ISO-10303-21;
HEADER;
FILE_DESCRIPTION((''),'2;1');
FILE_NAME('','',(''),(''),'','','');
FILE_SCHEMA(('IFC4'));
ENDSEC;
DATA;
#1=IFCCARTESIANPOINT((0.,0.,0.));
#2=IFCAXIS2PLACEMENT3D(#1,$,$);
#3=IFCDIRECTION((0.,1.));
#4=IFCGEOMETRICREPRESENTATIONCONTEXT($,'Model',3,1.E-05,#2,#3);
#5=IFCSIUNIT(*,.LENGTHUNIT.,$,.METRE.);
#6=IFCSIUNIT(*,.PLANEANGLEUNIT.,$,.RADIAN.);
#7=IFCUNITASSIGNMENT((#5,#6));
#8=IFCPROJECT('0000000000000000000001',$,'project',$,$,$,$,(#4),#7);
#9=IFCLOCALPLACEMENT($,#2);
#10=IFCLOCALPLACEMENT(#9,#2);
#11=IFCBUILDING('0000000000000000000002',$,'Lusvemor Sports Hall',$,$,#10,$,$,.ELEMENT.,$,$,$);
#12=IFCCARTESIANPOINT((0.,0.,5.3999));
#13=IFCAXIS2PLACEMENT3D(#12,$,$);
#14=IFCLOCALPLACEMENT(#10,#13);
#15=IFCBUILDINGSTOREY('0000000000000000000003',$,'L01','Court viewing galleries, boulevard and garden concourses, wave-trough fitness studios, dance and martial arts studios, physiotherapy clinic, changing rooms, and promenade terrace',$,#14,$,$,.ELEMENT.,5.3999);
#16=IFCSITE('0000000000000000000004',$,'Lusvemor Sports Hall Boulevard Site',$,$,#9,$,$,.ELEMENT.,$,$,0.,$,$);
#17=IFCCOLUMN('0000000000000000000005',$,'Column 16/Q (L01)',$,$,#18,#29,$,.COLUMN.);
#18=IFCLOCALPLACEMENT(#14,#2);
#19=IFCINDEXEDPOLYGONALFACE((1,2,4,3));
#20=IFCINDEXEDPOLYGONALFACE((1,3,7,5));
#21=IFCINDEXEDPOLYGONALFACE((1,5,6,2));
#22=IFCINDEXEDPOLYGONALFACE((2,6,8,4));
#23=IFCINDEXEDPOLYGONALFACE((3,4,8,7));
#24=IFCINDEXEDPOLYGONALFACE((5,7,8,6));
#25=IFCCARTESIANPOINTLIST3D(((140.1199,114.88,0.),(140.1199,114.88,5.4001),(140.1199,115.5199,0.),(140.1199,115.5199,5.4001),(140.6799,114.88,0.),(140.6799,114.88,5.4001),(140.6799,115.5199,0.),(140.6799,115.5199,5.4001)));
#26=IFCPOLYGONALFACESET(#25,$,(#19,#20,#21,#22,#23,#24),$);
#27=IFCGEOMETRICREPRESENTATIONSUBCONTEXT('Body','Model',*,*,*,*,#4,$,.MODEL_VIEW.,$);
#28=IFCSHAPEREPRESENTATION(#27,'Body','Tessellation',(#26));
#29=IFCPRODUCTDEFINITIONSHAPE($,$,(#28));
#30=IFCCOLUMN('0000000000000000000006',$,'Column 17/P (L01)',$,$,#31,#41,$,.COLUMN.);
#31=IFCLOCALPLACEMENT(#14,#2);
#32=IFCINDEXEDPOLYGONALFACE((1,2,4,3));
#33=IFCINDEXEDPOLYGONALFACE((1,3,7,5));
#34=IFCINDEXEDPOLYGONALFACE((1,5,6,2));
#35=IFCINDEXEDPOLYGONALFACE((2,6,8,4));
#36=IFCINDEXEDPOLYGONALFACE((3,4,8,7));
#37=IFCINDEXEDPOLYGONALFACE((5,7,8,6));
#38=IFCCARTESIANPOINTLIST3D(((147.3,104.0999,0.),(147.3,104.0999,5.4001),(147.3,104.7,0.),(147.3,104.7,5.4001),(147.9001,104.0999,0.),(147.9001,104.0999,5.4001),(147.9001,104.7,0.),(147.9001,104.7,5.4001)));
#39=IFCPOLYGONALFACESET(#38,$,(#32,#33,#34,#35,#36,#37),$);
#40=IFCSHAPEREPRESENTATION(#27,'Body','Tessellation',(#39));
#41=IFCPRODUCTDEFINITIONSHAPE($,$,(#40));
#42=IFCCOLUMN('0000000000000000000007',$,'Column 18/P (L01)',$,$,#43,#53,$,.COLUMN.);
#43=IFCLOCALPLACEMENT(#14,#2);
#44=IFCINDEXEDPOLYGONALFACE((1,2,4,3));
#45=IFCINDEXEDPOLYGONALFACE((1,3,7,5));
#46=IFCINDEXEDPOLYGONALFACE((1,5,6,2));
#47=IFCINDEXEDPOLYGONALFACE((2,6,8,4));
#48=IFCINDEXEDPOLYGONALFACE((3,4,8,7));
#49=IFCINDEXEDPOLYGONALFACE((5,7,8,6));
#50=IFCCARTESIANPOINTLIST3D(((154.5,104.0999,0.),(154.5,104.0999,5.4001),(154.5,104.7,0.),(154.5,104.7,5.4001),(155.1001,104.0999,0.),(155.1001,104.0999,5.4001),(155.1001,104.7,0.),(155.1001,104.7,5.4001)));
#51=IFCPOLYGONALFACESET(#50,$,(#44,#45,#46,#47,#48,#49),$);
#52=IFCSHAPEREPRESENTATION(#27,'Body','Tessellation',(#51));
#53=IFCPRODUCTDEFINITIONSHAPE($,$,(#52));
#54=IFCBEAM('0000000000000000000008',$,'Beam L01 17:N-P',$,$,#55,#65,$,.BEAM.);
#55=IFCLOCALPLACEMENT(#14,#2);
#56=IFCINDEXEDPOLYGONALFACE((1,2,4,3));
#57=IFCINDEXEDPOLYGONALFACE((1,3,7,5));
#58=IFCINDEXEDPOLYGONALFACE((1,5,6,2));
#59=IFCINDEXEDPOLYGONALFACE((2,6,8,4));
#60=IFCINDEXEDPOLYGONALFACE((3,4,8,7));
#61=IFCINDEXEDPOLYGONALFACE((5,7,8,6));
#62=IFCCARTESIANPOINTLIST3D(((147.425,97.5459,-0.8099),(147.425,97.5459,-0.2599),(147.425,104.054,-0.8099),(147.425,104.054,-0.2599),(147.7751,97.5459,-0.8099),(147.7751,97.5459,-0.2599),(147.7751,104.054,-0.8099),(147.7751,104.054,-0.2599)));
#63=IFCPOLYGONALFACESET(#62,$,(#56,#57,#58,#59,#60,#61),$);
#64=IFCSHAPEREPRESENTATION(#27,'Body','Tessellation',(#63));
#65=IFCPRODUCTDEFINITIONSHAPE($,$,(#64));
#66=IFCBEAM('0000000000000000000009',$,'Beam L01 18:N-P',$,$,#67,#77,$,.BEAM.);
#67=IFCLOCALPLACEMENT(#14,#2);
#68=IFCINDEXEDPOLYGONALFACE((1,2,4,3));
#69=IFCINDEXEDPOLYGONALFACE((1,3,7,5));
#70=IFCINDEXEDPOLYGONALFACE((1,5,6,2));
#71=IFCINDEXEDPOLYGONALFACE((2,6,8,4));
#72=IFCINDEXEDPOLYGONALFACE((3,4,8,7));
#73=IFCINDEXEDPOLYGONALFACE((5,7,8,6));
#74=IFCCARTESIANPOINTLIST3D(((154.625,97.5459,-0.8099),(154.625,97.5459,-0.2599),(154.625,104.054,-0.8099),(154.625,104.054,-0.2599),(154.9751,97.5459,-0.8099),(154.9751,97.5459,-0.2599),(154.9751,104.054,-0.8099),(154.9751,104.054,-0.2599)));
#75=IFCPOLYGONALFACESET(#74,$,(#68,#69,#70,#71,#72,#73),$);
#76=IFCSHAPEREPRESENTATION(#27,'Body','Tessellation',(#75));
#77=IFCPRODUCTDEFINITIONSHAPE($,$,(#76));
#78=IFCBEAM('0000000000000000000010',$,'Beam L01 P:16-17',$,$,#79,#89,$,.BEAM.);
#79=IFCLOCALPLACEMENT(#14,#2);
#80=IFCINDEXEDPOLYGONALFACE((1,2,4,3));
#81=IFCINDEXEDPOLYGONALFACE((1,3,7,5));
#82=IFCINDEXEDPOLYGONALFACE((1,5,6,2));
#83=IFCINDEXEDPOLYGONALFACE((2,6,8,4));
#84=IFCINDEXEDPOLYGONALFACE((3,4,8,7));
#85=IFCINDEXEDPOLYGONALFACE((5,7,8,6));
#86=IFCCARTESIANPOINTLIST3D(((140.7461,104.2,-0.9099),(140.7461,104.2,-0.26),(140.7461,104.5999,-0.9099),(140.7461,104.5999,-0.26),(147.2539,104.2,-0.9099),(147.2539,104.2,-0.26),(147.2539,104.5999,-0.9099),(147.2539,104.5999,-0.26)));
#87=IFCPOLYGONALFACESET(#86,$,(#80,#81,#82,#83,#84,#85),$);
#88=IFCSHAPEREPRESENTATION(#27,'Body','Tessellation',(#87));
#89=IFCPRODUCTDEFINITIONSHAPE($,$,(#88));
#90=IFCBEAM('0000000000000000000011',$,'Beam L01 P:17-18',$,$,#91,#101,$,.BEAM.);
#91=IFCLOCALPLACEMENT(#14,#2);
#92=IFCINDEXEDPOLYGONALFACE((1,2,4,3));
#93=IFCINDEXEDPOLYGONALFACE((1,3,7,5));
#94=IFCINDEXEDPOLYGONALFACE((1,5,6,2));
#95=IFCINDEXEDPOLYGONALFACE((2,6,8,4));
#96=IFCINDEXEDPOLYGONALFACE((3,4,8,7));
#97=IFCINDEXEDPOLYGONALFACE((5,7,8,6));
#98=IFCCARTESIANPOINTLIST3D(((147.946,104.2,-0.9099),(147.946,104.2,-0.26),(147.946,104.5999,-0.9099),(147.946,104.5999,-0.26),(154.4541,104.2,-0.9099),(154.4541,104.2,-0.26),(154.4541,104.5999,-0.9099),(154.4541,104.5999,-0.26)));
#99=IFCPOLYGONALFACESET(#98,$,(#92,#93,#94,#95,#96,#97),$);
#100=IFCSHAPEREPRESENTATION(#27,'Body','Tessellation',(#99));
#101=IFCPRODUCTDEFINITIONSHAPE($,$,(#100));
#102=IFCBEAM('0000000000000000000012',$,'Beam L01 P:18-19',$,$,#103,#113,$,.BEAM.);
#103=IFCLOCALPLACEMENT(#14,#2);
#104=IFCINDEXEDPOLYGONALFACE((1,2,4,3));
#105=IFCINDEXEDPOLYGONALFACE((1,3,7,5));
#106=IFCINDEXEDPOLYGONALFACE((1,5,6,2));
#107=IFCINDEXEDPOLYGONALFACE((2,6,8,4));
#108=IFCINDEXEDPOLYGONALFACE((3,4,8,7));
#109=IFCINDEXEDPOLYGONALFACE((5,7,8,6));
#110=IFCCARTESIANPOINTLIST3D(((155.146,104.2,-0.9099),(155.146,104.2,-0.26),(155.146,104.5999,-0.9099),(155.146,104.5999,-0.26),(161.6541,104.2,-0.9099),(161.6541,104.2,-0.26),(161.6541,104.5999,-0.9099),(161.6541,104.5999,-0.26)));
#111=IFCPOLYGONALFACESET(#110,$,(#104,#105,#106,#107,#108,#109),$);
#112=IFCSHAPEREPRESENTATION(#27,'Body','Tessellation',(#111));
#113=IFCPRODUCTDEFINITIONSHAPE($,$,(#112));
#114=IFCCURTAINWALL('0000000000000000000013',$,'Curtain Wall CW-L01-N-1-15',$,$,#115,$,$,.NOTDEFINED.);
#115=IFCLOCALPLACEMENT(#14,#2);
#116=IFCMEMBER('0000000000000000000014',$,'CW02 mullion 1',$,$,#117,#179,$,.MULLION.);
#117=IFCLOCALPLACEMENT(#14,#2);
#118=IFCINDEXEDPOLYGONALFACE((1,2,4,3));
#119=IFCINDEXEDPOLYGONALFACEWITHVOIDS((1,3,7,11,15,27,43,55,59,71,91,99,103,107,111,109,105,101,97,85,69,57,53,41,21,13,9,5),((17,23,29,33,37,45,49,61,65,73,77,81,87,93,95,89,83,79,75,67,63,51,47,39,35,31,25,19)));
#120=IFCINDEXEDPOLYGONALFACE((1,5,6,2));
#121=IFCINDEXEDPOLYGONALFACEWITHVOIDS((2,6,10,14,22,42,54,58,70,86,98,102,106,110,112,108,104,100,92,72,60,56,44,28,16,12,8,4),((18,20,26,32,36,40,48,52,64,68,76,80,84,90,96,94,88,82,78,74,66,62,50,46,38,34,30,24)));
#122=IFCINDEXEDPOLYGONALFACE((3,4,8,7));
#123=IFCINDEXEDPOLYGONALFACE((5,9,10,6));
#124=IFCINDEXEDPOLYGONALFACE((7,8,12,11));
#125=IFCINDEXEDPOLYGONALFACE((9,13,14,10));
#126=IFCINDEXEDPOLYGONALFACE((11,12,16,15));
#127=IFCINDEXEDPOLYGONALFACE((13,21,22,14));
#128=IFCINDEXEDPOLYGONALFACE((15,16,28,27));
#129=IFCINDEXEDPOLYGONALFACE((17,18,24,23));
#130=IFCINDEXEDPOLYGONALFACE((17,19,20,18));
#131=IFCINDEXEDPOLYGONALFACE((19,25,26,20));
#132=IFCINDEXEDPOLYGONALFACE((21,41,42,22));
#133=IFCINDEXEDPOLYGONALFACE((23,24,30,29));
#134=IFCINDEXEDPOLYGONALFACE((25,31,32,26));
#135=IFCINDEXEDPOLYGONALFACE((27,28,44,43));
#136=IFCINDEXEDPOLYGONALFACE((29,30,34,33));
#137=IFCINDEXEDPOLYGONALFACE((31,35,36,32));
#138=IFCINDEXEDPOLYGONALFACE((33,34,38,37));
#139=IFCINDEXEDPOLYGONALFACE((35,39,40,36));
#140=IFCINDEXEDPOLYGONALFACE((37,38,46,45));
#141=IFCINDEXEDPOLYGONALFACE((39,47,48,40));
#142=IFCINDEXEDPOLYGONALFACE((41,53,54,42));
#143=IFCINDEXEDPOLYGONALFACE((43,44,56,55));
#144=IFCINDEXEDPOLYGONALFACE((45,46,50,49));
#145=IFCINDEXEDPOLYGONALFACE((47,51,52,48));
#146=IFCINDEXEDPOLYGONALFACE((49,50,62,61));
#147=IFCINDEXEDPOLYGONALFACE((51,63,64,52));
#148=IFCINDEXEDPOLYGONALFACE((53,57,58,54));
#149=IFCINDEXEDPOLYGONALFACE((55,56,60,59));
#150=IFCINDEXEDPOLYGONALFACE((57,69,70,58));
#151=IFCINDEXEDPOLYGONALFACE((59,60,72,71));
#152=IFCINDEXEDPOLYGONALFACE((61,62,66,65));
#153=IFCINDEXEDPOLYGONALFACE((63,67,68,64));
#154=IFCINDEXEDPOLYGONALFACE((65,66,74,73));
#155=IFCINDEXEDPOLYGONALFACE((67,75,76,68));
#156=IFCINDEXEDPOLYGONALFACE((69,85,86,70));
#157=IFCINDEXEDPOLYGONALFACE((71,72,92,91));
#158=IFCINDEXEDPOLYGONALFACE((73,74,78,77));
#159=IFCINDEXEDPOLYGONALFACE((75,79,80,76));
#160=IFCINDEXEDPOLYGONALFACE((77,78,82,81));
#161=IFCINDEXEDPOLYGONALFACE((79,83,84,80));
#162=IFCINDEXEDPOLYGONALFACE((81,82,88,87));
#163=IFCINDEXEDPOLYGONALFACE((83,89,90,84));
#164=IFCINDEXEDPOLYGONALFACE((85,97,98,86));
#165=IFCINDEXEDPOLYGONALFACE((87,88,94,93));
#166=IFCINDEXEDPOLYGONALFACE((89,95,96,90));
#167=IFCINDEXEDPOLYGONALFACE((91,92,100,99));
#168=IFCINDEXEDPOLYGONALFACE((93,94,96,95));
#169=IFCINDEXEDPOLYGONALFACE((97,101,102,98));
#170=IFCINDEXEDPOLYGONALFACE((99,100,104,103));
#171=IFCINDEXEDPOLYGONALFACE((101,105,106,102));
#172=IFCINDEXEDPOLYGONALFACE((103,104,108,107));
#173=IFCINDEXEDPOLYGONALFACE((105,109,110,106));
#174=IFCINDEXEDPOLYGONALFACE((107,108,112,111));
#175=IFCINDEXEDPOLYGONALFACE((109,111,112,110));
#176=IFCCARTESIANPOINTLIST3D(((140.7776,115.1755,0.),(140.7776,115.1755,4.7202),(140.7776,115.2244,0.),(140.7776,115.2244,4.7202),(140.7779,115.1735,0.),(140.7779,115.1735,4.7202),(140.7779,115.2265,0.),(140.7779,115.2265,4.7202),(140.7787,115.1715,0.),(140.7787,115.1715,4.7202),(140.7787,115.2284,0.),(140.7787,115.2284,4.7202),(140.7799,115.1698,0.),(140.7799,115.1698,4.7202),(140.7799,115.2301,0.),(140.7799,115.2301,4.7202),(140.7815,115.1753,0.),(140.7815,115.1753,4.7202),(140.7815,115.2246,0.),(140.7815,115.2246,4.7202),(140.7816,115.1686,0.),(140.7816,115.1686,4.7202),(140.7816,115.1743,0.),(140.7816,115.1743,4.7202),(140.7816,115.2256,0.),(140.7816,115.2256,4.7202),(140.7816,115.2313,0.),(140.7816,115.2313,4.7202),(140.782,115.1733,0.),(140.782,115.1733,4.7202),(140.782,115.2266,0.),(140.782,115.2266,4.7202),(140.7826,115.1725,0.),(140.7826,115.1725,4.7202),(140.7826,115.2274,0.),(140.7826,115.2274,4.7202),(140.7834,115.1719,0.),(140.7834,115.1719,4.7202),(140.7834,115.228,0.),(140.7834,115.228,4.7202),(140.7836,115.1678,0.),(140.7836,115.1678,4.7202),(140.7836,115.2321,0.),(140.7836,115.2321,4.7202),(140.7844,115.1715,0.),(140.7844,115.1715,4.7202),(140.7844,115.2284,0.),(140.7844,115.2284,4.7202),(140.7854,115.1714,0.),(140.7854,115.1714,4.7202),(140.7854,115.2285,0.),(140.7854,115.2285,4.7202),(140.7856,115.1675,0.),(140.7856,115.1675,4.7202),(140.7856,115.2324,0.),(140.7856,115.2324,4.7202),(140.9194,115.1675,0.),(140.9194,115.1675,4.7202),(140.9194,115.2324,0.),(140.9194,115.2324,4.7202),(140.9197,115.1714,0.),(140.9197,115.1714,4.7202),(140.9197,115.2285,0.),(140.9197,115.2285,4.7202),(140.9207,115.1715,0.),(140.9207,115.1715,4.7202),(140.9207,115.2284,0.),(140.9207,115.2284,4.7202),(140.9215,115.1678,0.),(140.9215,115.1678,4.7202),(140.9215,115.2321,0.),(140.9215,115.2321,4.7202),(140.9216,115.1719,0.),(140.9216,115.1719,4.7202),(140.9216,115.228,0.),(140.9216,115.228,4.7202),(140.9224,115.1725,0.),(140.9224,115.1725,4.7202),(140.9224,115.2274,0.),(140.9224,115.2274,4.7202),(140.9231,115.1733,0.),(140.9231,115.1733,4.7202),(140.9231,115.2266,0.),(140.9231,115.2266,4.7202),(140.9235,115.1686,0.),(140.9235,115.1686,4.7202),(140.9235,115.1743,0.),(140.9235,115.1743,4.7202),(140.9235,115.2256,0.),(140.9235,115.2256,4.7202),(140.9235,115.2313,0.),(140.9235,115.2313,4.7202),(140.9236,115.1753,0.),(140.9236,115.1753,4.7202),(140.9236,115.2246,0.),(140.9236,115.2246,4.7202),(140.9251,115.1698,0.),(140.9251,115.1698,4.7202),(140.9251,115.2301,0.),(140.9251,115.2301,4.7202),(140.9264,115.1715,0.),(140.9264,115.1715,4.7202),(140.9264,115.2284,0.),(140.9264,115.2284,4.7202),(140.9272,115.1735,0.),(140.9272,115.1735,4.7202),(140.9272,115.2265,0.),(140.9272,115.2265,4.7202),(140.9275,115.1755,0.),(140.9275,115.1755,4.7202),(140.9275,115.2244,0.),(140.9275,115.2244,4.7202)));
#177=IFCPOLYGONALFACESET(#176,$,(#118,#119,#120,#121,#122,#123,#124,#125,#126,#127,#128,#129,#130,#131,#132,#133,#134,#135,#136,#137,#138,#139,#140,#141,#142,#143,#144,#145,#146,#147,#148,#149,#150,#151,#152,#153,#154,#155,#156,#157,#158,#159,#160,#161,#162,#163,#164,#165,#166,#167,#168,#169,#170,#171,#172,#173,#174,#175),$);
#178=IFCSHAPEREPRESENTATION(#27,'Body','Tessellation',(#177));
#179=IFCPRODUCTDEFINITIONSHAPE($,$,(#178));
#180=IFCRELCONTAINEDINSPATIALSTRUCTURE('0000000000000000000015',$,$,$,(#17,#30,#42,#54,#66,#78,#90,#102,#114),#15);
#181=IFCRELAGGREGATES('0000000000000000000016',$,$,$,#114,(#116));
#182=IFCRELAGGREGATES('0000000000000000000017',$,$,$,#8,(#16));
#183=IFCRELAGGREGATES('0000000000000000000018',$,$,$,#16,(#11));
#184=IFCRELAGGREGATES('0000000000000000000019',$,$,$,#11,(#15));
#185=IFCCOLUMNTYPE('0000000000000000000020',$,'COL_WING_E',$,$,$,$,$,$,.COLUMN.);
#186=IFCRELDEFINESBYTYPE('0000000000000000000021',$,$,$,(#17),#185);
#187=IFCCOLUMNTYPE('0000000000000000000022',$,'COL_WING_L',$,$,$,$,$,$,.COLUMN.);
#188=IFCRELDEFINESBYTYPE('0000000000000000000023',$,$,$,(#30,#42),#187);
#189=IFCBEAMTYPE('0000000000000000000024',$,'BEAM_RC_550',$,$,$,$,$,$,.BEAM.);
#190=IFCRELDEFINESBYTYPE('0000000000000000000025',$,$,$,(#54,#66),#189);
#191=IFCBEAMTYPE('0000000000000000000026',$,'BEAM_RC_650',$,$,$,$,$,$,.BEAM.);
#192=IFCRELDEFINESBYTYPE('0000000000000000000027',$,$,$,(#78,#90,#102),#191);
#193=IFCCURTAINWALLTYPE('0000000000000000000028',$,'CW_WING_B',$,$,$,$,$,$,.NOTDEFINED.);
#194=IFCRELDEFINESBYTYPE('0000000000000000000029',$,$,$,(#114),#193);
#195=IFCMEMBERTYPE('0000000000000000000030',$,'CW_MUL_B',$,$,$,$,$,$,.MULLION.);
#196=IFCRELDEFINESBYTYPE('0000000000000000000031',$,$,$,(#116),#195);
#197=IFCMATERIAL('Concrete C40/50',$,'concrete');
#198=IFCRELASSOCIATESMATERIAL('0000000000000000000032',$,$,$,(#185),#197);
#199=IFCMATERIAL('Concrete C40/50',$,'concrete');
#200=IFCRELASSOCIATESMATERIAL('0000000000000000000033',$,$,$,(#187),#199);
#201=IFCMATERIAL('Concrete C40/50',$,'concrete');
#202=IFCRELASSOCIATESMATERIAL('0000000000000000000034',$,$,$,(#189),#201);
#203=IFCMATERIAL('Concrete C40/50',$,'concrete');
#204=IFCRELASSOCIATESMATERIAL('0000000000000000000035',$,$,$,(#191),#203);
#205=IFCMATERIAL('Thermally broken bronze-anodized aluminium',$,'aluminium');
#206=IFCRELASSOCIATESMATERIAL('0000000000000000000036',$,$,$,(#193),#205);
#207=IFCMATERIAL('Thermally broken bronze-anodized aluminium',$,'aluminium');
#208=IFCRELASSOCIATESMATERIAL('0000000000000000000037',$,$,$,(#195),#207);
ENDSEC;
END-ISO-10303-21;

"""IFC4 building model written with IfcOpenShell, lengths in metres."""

from ifc_helpers import new_model, si_unit, direction, frame, origin, origin_2d, place, context, subcontext, project, spatial, rectangle, hollow_rectangle, extrude, material, material_profile, profile_set, type_object, element, aggregate, save


model = new_model("IFC4")

# Units and contexts
model_context = context("Model", 3, precision=1e-05, world=origin(), true_north=direction((0.0, 1.0)))
body_context = subcontext(model_context, "Body", "Model", "MODEL_VIEW")
ifc_project = project(units=[si_unit("LENGTHUNIT", "METRE"), si_unit("PLANEANGLEUNIT", "RADIAN")], contexts=[model_context])

# Site, building, storey
site_placement = place(None, origin())
site = spatial("IfcSite", under=ifc_project, at=site_placement, Name="Lusvemor Sports Hall Boulevard Site", CompositionType="ELEMENT", RefElevation=0.0)
building_placement = place(site_placement, origin())
building = spatial("IfcBuilding", under=site, at=building_placement, Name="Lusvemor Sports Hall", CompositionType="ELEMENT")
storey_placement = place(building_placement, frame((0.0, 0.0, 5.3999)))
storey = spatial("IfcBuildingStorey", under=building, at=storey_placement, Name="L01", Description="Court viewing galleries, boulevard and garden concourses, wave-trough fitness studios, dance and martial arts studios, physiotherapy clinic, changing rooms, and promenade terrace", CompositionType="ELEMENT", Elevation=5.3999)

# Columns
ifc_material_1 = material(Name="Concrete C40/50", Category="concrete")
ifc_material_profile_1 = material_profile(ifc_material_1, rectangle(XDim=0.5601, YDim=0.6399, at=origin_2d()), Name="RC560x640")
ifc_profile_set_1 = profile_set([ifc_material_profile_1], Name="Concrete C40/50")
column_type_1 = type_object("IfcColumnType", Name="COL_WING_E", PredefinedType="COLUMN", material=ifc_profile_set_1)
column_placement = place(storey_placement, frame((140.3999, 115.2, 0.0), z_axis=(0.0, 0.0, 1.0), x_axis=(1.0, 0.0, 0.0)))
element("IfcColumn", 1, at=column_placement, inside=storey, type_object=column_type_1, Name="Column 16/Q (L01)", PredefinedType="COLUMN", context=body_context, shape_type="SweptSolid", body=[
    extrude(rectangle(XDim=0.5601, YDim=0.6399, at=origin_2d()), origin(), (0.0, 0.0, 1.0), 5.4001),
])
ifc_material_2 = material(Name="Concrete C40/50", Category="concrete")
ifc_material_profile_2 = material_profile(ifc_material_2, rectangle(XDim=0.6001, YDim=0.6001, at=origin_2d()), Name="RC600x600")
ifc_profile_set_2 = profile_set([ifc_material_profile_2], Name="Concrete C40/50")
column_type_2 = type_object("IfcColumnType", Name="COL_WING_L", PredefinedType="COLUMN", material=ifc_profile_set_2)
for number, where, z_axis, x_axis, name in (
    (2, (147.6001, 104.3999, 0.0), (0.0, 0.0, 1.0), (1.0, 0.0, 0.0), "Column 17/P (L01)"),
    (3, (154.8, 104.3999, 0.0), (0.0, 0.0, 1.0), (1.0, 0.0, 0.0), "Column 18/P (L01)"),
):
    element("IfcColumn", number, at=place(storey_placement, frame(where, z_axis=z_axis, x_axis=x_axis)), inside=storey, type_object=column_type_2, Name=name, PredefinedType="COLUMN", context=body_context, shape_type="SweptSolid", body=[
        extrude(rectangle(XDim=0.6001, YDim=0.6001, at=origin_2d()), origin(), (0.0, 0.0, 1.0), 5.4001),
    ])

# Beams
ifc_material_3 = material(Name="Concrete C40/50", Category="concrete")
ifc_material_profile_3 = material_profile(ifc_material_3, rectangle(XDim=0.3501, YDim=0.55, at=origin_2d()), Name="RC350x550")
ifc_profile_set_3 = profile_set([ifc_material_profile_3], Name="Concrete C40/50")
beam_type_1 = type_object("IfcBeamType", Name="BEAM_RC_550", PredefinedType="BEAM", material=ifc_profile_set_3)
for number, where, z_axis, x_axis, name in (
    (4, (147.6001, 97.5459, -0.5349), (0.0, 1.0, 0.0), (-1.0, 0.0, 0.0), "Beam L01 17:N-P"),
    (5, (154.8, 97.5459, -0.5349), (0.0, 1.0, 0.0), (-1.0, 0.0, 0.0), "Beam L01 18:N-P"),
):
    element("IfcBeam", number, at=place(storey_placement, frame(where, z_axis=z_axis, x_axis=x_axis)), inside=storey, type_object=beam_type_1, Name=name, PredefinedType="BEAM", context=body_context, shape_type="SweptSolid", body=[
        extrude(rectangle(XDim=0.3501, YDim=0.55, at=origin_2d()), origin(), (0.0, 0.0, 1.0), 6.5081),
    ])
ifc_material_4 = material(Name="Concrete C40/50", Category="concrete")
ifc_material_profile_4 = material_profile(ifc_material_4, rectangle(XDim=0.3999, YDim=0.6499, at=origin_2d()), Name="RC400x650")
ifc_profile_set_4 = profile_set([ifc_material_profile_4], Name="Concrete C40/50")
beam_type_2 = type_object("IfcBeamType", Name="BEAM_RC_650", PredefinedType="BEAM", material=ifc_profile_set_4)
beam_1_placement = place(storey_placement, frame((140.7461, 104.3999, -0.585), z_axis=(1.0, 0.0, 0.0), x_axis=(0.0, 1.0, 0.0)))
element("IfcBeam", 6, at=beam_1_placement, inside=storey, type_object=beam_type_2, Name="Beam L01 P:16-17", PredefinedType="BEAM", context=body_context, shape_type="SweptSolid", body=[
    extrude(rectangle(XDim=0.3999, YDim=0.6499, at=origin_2d()), origin(), (0.0, 0.0, 1.0), 6.5078),
])
for number, where, z_axis, x_axis, name in (
    (7, (147.946, 104.3999, -0.585), (1.0, 0.0, 0.0), (0.0, 1.0, 0.0), "Beam L01 P:17-18"),
    (8, (155.146, 104.3999, -0.585), (1.0, 0.0, 0.0), (0.0, 1.0, 0.0), "Beam L01 P:18-19"),
):
    element("IfcBeam", number, at=place(storey_placement, frame(where, z_axis=z_axis, x_axis=x_axis)), inside=storey, type_object=beam_type_2, Name=name, PredefinedType="BEAM", context=body_context, shape_type="SweptSolid", body=[
        extrude(rectangle(XDim=0.3999, YDim=0.6499, at=origin_2d()), origin(), (0.0, 0.0, 1.0), 6.5081),
    ])

# Curtain wall, member
ifc_material_5 = material(Name="Thermally broken bronze-anodized aluminium", Category="aluminium")
curtain_wall_type = type_object("IfcCurtainWallType", Name="CW_WING_B", PredefinedType="NOTDEFINED", material=ifc_material_5)
curtain_wall_placement = place(storey_placement, origin())
curtain_wall = element("IfcCurtainWall", 9, at=curtain_wall_placement, inside=storey, type_object=curtain_wall_type, Name="Curtain Wall CW-L01-N-1-15", PredefinedType="NOTDEFINED")
ifc_material_6 = material(Name="Thermally broken bronze-anodized aluminium", Category="aluminium")
ifc_material_profile_5 = material_profile(ifc_material_6, hollow_rectangle(XDim=0.0649, YDim=0.1499, WallThickness=0.0039, InnerFilletRadius=0.0039, OuterFilletRadius=0.0081, at=origin_2d()), Name="CWMUL150x65x4")
ifc_profile_set_5 = profile_set([ifc_material_profile_5], Name="Thermally broken bronze-anodized aluminium")
member_type_1 = type_object("IfcMemberType", Name="CW_MUL_B", PredefinedType="MULLION", material=ifc_profile_set_5)
member_1_placement = place(storey_placement, frame((140.8525, 115.2, 0.0), z_axis=(0.0, 0.0, 1.0), x_axis=(0.0, 1.0, 0.0)))
member_1 = element("IfcMember", 10, at=member_1_placement, type_object=member_type_1, Name="CW02 mullion 1", PredefinedType="MULLION", context=body_context, shape_type="SweptSolid", body=[
    extrude(hollow_rectangle(XDim=0.0649, YDim=0.1499, WallThickness=0.0039, InnerFilletRadius=0.0039, OuterFilletRadius=0.0081, at=origin_2d()), origin(), (0.0, 0.0, 1.0), 4.7202),
])

aggregate(curtain_wall, [member_1])

save(model, "model.ifc")
